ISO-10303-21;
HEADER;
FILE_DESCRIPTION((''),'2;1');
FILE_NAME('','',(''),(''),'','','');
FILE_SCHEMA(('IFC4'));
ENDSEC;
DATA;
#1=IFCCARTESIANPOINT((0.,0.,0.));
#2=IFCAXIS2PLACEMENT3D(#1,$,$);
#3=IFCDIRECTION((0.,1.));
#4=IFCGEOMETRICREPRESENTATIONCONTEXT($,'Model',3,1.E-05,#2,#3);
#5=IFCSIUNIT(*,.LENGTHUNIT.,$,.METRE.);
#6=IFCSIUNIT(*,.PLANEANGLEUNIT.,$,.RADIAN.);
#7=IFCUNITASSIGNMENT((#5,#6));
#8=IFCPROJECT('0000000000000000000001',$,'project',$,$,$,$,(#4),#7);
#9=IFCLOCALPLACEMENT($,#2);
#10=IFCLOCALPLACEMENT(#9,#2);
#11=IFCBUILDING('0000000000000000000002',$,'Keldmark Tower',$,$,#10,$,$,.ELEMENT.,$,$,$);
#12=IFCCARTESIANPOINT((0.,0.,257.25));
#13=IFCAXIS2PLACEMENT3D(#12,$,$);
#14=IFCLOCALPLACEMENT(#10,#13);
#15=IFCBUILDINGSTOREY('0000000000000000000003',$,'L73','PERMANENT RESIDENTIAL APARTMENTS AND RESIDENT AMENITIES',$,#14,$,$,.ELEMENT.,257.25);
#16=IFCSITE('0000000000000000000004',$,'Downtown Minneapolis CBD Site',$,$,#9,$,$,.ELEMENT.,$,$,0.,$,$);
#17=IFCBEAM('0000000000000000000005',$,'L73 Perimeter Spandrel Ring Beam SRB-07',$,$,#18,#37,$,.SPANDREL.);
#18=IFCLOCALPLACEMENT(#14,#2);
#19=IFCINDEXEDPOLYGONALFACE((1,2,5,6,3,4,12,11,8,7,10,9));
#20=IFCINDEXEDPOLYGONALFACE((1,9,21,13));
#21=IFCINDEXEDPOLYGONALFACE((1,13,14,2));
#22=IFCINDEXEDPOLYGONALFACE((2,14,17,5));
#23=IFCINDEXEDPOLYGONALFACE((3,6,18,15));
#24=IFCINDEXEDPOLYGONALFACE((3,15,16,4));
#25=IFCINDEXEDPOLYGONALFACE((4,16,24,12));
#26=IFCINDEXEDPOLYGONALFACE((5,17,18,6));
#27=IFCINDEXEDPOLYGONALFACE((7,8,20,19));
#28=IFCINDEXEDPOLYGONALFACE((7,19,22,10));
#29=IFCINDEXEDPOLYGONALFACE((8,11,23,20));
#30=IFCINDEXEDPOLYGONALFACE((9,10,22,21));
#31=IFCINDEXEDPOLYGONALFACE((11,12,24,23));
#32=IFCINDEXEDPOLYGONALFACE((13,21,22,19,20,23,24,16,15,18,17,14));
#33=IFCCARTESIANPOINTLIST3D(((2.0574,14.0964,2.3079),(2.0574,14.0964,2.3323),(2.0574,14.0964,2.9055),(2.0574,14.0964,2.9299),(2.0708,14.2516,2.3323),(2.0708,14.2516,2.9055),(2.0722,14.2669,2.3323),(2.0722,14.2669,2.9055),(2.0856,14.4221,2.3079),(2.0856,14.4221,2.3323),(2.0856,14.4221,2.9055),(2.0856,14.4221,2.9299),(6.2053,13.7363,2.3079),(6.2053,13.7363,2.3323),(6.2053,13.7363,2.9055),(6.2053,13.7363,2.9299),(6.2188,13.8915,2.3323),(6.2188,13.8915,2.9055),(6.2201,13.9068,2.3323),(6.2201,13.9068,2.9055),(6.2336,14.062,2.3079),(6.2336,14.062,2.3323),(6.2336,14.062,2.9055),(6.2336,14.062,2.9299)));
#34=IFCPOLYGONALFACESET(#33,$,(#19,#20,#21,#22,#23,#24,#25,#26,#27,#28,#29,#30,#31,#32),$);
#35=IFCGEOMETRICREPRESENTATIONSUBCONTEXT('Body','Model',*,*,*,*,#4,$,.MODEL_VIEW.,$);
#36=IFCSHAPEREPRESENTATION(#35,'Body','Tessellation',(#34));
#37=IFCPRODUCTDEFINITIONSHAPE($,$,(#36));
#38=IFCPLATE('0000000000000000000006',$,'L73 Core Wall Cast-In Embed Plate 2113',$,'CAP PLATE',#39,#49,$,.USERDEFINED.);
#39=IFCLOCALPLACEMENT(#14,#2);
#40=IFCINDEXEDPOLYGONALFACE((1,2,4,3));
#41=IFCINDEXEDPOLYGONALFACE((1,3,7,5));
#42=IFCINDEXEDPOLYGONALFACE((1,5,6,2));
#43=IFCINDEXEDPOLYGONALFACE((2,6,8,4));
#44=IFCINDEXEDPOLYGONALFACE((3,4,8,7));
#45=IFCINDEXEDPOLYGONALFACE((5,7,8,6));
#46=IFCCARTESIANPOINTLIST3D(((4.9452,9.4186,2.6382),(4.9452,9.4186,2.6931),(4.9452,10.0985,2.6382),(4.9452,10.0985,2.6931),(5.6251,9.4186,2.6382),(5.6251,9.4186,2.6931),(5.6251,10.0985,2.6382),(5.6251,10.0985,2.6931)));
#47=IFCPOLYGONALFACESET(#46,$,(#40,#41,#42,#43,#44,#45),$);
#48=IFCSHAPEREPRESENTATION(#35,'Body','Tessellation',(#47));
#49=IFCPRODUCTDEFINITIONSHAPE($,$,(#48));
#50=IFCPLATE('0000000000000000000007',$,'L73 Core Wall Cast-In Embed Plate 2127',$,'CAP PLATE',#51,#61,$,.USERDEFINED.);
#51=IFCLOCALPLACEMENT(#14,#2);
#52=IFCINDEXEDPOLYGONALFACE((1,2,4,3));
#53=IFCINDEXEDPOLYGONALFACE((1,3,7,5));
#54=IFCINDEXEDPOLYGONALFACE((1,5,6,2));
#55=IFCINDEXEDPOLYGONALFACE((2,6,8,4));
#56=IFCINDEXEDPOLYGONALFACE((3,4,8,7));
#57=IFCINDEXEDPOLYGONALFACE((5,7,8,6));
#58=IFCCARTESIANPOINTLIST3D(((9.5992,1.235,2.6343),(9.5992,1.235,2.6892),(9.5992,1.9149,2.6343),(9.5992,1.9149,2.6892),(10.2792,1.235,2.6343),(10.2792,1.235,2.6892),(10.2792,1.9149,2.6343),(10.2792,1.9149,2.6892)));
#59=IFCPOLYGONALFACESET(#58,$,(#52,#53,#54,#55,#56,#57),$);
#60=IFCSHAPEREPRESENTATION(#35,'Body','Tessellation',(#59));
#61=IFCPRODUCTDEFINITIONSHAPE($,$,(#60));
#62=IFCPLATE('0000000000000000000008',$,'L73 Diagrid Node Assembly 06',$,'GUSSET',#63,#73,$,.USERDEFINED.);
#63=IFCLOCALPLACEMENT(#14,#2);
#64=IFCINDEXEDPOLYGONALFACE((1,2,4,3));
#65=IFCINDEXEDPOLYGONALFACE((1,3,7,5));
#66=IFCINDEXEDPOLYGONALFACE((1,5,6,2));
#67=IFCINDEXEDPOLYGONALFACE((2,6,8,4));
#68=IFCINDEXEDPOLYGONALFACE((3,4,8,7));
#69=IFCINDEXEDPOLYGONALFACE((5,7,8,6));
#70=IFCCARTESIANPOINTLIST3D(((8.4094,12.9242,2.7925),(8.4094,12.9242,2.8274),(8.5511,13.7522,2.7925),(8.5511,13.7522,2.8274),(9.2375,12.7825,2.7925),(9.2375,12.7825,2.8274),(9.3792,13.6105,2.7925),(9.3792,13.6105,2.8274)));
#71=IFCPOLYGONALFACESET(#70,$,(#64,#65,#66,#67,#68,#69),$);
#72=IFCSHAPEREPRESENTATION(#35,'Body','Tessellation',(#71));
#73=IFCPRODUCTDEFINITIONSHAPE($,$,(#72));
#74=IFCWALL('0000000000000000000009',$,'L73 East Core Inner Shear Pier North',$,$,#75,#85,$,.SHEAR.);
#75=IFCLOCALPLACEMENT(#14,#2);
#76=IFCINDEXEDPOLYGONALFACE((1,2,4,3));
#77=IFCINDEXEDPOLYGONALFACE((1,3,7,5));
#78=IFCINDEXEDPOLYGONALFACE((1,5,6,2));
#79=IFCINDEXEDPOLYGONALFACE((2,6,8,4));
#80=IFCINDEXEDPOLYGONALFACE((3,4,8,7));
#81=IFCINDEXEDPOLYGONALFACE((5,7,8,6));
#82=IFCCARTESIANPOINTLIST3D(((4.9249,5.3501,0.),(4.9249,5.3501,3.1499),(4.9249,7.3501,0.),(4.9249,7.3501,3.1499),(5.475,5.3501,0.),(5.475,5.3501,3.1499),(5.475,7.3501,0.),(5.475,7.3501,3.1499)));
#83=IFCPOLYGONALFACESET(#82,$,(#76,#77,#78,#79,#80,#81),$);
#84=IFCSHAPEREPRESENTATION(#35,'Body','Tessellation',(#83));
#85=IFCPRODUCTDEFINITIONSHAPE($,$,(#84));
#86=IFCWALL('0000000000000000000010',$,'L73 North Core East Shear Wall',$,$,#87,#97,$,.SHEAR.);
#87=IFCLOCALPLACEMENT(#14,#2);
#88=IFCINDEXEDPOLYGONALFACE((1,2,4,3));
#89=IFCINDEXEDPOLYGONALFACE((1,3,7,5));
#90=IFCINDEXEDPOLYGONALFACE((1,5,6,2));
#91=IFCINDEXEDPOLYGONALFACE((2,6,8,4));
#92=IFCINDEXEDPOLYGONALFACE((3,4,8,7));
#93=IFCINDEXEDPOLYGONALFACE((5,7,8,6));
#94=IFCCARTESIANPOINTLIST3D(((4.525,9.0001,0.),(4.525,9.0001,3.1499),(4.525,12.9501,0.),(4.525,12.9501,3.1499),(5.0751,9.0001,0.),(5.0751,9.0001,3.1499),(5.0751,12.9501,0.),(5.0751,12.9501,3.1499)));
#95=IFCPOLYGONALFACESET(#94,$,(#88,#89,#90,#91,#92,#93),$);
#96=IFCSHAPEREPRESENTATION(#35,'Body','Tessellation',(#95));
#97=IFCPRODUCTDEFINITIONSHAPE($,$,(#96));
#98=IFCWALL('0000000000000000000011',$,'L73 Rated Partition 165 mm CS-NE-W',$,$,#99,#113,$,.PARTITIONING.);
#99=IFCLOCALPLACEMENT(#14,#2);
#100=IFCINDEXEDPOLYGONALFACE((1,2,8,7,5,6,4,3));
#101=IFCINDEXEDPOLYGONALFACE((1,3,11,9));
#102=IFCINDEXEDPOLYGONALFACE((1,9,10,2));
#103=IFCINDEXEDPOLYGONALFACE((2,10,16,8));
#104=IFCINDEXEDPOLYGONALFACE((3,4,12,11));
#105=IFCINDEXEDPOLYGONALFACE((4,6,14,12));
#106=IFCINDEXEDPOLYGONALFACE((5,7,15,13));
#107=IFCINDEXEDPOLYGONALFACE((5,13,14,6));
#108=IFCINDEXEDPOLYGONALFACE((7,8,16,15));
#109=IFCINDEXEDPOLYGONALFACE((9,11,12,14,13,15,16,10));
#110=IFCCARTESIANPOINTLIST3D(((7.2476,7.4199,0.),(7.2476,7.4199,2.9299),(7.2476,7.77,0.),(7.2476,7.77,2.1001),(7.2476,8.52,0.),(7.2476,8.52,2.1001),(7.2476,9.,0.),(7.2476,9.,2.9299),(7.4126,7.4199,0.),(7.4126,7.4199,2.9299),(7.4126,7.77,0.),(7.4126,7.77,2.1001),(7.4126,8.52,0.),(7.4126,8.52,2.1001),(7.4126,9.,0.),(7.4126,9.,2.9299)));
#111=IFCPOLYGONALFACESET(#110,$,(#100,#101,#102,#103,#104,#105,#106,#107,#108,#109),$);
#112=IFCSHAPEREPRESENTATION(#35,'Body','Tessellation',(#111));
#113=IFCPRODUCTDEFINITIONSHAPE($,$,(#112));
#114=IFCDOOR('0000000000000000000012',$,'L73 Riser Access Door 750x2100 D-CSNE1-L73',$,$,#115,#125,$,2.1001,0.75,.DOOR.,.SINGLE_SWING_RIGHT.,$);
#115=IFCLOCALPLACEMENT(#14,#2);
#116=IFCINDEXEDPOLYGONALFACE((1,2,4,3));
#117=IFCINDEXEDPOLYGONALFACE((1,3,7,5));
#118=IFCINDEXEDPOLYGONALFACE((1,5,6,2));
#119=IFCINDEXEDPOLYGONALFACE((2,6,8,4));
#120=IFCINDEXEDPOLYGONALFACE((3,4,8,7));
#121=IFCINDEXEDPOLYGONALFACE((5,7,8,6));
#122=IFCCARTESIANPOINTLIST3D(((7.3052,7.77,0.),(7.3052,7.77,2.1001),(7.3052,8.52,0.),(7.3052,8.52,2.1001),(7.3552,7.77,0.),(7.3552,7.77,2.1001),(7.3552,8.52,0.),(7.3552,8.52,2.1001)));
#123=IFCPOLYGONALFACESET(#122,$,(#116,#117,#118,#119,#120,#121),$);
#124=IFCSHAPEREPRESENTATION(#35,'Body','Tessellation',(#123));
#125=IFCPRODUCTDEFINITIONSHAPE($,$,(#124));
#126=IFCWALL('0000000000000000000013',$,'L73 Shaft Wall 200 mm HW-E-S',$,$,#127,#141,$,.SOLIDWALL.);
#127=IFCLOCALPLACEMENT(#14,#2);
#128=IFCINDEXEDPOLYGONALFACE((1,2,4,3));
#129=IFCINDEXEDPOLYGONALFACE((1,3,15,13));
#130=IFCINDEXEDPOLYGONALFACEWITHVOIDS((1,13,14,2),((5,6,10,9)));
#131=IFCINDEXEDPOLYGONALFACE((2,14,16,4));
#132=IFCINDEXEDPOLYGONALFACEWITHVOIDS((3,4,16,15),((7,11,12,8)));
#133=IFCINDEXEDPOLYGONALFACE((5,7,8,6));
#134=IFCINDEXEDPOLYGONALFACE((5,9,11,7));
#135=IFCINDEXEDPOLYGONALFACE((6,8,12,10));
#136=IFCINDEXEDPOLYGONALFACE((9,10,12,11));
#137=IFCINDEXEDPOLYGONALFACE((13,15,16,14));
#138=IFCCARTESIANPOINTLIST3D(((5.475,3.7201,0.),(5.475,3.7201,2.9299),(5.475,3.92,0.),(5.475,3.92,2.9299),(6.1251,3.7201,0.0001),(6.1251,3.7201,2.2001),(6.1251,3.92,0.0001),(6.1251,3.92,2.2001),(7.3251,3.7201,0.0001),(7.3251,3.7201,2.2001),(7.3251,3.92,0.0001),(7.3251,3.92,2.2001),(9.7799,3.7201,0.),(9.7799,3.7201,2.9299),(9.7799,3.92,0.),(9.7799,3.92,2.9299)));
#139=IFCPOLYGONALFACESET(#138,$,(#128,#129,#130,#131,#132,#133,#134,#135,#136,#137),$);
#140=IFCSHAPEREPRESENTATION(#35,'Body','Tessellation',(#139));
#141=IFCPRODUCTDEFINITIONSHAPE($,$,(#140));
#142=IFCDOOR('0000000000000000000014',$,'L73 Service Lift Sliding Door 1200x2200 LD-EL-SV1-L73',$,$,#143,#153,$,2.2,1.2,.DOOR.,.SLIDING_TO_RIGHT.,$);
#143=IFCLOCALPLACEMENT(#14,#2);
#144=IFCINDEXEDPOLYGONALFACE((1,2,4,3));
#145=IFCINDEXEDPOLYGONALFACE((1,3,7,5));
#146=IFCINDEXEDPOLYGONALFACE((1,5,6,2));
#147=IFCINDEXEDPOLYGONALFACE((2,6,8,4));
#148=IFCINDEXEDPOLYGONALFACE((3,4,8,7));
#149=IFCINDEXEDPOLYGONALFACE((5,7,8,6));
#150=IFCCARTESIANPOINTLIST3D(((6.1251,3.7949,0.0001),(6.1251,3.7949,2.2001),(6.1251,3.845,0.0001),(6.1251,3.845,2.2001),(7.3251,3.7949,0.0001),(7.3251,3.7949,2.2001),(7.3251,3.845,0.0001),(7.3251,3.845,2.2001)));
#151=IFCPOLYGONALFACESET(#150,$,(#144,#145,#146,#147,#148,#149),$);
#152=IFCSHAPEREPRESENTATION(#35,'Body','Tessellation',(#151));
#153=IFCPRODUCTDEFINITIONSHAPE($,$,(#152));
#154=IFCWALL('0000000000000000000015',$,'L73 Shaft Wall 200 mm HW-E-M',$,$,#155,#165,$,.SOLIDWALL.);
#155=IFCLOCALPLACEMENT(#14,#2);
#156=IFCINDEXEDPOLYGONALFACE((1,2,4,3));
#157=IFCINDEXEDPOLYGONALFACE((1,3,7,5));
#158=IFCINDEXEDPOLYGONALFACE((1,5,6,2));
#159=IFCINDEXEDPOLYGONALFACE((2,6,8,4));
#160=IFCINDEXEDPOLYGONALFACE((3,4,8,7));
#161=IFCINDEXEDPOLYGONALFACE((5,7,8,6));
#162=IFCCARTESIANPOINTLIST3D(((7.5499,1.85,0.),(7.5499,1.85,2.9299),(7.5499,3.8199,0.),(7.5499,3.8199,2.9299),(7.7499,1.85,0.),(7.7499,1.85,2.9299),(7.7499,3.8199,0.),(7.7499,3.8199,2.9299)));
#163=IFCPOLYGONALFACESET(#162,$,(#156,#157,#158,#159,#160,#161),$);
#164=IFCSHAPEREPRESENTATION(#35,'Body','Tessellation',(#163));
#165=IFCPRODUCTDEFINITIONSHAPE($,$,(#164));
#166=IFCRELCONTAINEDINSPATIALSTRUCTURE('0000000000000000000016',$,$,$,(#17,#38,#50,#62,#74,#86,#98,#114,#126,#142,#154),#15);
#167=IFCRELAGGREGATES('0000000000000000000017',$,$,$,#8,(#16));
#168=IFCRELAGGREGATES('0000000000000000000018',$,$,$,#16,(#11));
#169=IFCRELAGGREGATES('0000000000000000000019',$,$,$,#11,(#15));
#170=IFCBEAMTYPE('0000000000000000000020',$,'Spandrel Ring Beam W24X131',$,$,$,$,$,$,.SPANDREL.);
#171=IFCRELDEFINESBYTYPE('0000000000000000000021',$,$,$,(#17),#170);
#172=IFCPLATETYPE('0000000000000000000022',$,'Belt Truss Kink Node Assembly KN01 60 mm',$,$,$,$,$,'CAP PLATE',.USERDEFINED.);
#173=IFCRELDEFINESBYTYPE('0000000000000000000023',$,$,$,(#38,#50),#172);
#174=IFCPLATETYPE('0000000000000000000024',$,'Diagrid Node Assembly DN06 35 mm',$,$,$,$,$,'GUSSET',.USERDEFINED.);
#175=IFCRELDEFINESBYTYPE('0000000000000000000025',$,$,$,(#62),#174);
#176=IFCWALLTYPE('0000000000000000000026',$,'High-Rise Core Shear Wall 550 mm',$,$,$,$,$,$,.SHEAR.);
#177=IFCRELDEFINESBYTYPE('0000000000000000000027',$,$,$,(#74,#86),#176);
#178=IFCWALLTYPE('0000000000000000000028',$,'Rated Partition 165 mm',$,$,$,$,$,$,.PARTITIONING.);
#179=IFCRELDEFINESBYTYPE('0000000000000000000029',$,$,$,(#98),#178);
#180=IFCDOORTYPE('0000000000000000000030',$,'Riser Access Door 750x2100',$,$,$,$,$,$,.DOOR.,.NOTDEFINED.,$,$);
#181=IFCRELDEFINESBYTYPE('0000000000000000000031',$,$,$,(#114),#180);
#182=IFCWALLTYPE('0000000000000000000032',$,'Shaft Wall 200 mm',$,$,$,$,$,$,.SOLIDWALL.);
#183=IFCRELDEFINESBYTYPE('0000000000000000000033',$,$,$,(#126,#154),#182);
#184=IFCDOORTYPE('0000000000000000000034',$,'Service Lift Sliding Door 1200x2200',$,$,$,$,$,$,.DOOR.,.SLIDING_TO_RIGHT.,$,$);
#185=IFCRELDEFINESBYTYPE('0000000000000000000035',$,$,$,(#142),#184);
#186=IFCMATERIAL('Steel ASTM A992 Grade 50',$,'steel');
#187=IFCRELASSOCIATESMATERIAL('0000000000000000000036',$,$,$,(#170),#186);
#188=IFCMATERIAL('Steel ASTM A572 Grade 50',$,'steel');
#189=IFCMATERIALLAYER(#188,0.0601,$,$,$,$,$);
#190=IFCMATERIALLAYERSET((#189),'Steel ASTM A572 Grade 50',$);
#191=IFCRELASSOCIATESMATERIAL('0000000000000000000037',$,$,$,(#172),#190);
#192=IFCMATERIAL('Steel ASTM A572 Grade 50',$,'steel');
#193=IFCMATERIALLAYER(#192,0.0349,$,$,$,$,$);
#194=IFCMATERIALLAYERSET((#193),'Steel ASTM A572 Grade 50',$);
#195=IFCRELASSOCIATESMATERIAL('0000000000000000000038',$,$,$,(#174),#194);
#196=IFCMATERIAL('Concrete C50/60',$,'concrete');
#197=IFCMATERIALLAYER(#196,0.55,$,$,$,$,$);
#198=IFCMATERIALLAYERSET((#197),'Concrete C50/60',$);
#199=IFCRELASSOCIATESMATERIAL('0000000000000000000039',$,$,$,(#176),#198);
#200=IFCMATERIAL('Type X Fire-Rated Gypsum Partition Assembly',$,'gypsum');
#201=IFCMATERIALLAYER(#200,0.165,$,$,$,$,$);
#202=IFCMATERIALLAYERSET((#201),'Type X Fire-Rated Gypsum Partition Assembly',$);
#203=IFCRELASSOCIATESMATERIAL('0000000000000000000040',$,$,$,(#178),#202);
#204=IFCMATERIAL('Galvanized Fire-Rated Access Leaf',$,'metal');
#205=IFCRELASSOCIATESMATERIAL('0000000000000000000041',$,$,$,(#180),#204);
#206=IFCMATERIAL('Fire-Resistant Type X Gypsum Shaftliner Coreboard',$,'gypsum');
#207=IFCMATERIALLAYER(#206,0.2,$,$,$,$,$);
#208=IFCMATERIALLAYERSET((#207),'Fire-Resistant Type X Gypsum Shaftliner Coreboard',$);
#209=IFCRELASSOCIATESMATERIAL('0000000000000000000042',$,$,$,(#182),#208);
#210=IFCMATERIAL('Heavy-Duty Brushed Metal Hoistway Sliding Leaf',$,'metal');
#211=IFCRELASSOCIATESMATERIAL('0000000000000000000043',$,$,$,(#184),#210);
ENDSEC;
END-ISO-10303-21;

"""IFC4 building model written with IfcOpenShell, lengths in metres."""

from ifc_helpers import new_model, si_unit, direction, frame, frame_2d, origin, origin_2d, place, context, subcontext, project, spatial, rectangle, i_section, extrude, material, layer, layer_set, material_profile, profile_set, type_object, element, fill, save


model = new_model("IFC4")

# Units and contexts
model_context = context("Model", 3, precision=1e-05, world=origin(), true_north=direction((0.0, 1.0)))
body_context = subcontext(model_context, "Body", "Model", "MODEL_VIEW")
ifc_project = project(units=[si_unit("LENGTHUNIT", "METRE"), si_unit("PLANEANGLEUNIT", "RADIAN")], contexts=[model_context])

# Site, building, storey
site_placement = place(None, origin())
site = spatial("IfcSite", under=ifc_project, at=site_placement, Name="Downtown Minneapolis CBD Site", CompositionType="ELEMENT", RefElevation=0.0)
building_placement = place(site_placement, origin())
building = spatial("IfcBuilding", under=site, at=building_placement, Name="Keldmark Tower", CompositionType="ELEMENT")
storey_placement = place(building_placement, frame((0.0, 0.0, 257.25)))
storey = spatial("IfcBuildingStorey", under=building, at=storey_placement, Name="L73", Description="PERMANENT RESIDENTIAL APARTMENTS AND RESIDENT AMENITIES", CompositionType="ELEMENT", Elevation=257.25)

# Beam
ifc_material_1 = material(Name="Steel ASTM A992 Grade 50", Category="steel")
ifc_material_profile_1 = material_profile(ifc_material_1, i_section(OverallWidth=0.3269, OverallDepth=0.6221, WebThickness=0.0154, FlangeThickness=0.0244, at=origin_2d()), Name="W24X131")
ifc_profile_set_1 = profile_set([ifc_material_profile_1], Name="Steel ASTM A992 Grade 50")
beam_type_1 = type_object("IfcBeamType", Name="Spandrel Ring Beam W24X131", PredefinedType="SPANDREL", material=ifc_profile_set_1)
beam_1_placement = place(storey_placement, frame((6.2195, 13.8992, 2.6189), z_axis=(-0.996253, 0.08649, 0.0), x_axis=(-0.08649, -0.996253, 0.0)))
element("IfcBeam", 1, at=beam_1_placement, inside=storey, type_object=beam_type_1, Name="L73 Perimeter Spandrel Ring Beam SRB-07", PredefinedType="SPANDREL", context=body_context, shape_type="SweptSolid", body=[
    extrude(i_section(OverallWidth=0.3269, OverallDepth=0.6221, WebThickness=0.0154, FlangeThickness=0.0244, at=origin_2d()), origin(), (0.0, 0.0, 1.0), 4.1636),
])

# Plates
ifc_material_2 = material(Name="Steel ASTM A572 Grade 50", Category="steel")
ifc_layer_1 = layer(ifc_material_2, 0.0601)
ifc_layer_set_1 = layer_set([ifc_layer_1], Name="Steel ASTM A572 Grade 50")
plate_type_1 = type_object("IfcPlateType", Name="Belt Truss Kink Node Assembly KN01 60 mm", ElementType="CAP PLATE", PredefinedType="USERDEFINED", material=ifc_layer_set_1)
for number, where, z_axis, x_axis, name in (
    (2, (5.2852, 9.7585, 2.6382), (0.0, 0.0, 1.0), (1.0, 0.0, 0.0), "L73 Core Wall Cast-In Embed Plate 2113"),
    (3, (9.9392, 1.575, 2.6343), (0.0, 0.0, 1.0), (1.0, 0.0, 0.0), "L73 Core Wall Cast-In Embed Plate 2127"),
):
    element("IfcPlate", number, at=place(storey_placement, frame(where, z_axis=z_axis, x_axis=x_axis)), inside=storey, type_object=plate_type_1, Name=name, ObjectType="CAP PLATE", PredefinedType="USERDEFINED", context=body_context, shape_type="SweptSolid", body=[
        extrude(rectangle(XDim=0.6799, YDim=0.6799, at=origin_2d()), origin(), (0.0, 0.0, 1.0), 0.0549),
    ])
ifc_material_3 = material(Name="Steel ASTM A572 Grade 50", Category="steel")
ifc_layer_2 = layer(ifc_material_3, 0.0349)
ifc_layer_set_2 = layer_set([ifc_layer_2], Name="Steel ASTM A572 Grade 50")
plate_type_2 = type_object("IfcPlateType", Name="Diagrid Node Assembly DN06 35 mm", ElementType="GUSSET", PredefinedType="USERDEFINED", material=ifc_layer_set_2)
plate_placement = place(storey_placement, frame((8.8943, 13.2673, 2.7925), z_axis=(0.0, 0.0, 1.0), x_axis=(-0.985674, 0.168661, 0.0)))
element("IfcPlate", 4, at=plate_placement, inside=storey, type_object=plate_type_2, Name="L73 Diagrid Node Assembly 06", ObjectType="GUSSET", PredefinedType="USERDEFINED", context=body_context, shape_type="SweptSolid", body=[
    extrude(rectangle(XDim=0.8401, YDim=0.8401, at=origin_2d()), origin(), (0.0, 0.0, 1.0), 0.0349),
])

# Walls
ifc_material_4 = material(Name="Concrete C50/60", Category="concrete")
ifc_layer_3 = layer(ifc_material_4, 0.55)
ifc_layer_set_3 = layer_set([ifc_layer_3], Name="Concrete C50/60")
wall_type_1 = type_object("IfcWallType", Name="High-Rise Core Shear Wall 550 mm", PredefinedType="SHEAR", material=ifc_layer_set_3)
wall_1_placement = place(storey_placement, frame((5.2, 5.3501, 0.0), z_axis=(0.0, 0.0, 1.0), x_axis=(0.0, 1.0, 0.0)))
element("IfcWall", 5, at=wall_1_placement, inside=storey, type_object=wall_type_1, Name="L73 East Core Inner Shear Pier North", PredefinedType="SHEAR", context=body_context, shape_type="SweptSolid", body=[
    extrude(rectangle(XDim=2.0, YDim=0.55, at=frame_2d((1.0, 0.0))), origin(), (0.0, 0.0, 1.0), 3.1499),
])
wall_2_placement = place(storey_placement, frame((4.8, 9.0, 0.0), z_axis=(0.0, 0.0, 1.0), x_axis=(0.0, 1.0, 0.0)))
element("IfcWall", 6, at=wall_2_placement, inside=storey, type_object=wall_type_1, Name="L73 North Core East Shear Wall", PredefinedType="SHEAR", context=body_context, shape_type="SweptSolid", body=[
    extrude(rectangle(XDim=3.95, YDim=0.55, at=frame_2d((1.9751, 0.0))), origin(), (0.0, 0.0, 1.0), 3.1499),
])

# Walls, openings, doors
ifc_material_5 = material(Name="Type X Fire-Rated Gypsum Partition Assembly", Category="gypsum")
ifc_layer_4 = layer(ifc_material_5, 0.165)
ifc_layer_set_4 = layer_set([ifc_layer_4], Name="Type X Fire-Rated Gypsum Partition Assembly")
wall_type_2 = type_object("IfcWallType", Name="Rated Partition 165 mm", PredefinedType="PARTITIONING", material=ifc_layer_set_4)
wall_3_placement = place(storey_placement, frame((7.3301, 7.4199, 0.0), z_axis=(0.0, 0.0, 1.0), x_axis=(0.0, 1.0, 0.0)))
wall_3 = element("IfcWall", 7, at=wall_3_placement, inside=storey, type_object=wall_type_2, Name="L73 Rated Partition 165 mm CS-NE-W", PredefinedType="PARTITIONING", context=body_context, shape_type="SweptSolid", body=[
    extrude(rectangle(XDim=1.5801, YDim=0.165, at=frame_2d((0.79, 0.0))), origin(), (0.0, 0.0, 1.0), 2.9299),
])
opening_1_placement = place(wall_3_placement, frame((0.3501, 0.0, 0.0)))
opening_1 = element("IfcOpeningElement", 8, at=opening_1_placement, cuts=wall_3, PredefinedType="OPENING", context=body_context, shape_type="SweptSolid", body=[
    extrude(rectangle(XDim=0.75, YDim=2.1001, at=frame_2d((0.375, 1.05))), frame((0.0, 0.0925, 0.0), z_axis=(0.0, -1.0, 0.0), x_axis=(1.0, 0.0, 0.0)), (0.0, 0.0, 1.0), 0.1851),
])
ifc_material_6 = material(Name="Galvanized Fire-Rated Access Leaf", Category="metal")
door_type_1 = type_object("IfcDoorType", Name="Riser Access Door 750x2100", OperationType="NOTDEFINED", PredefinedType="DOOR", material=ifc_material_6)
door_1_placement = place(opening_1_placement, origin())
door_1 = element("IfcDoor", 9, at=door_1_placement, inside=storey, type_object=door_type_1, Name="L73 Riser Access Door 750x2100 D-CSNE1-L73", OperationType="SINGLE_SWING_RIGHT", OverallHeight=2.1001, OverallWidth=0.75, PredefinedType="DOOR", context=body_context, shape_type="SweptSolid", body=[
    extrude(rectangle(XDim=0.75, YDim=2.1001, at=frame_2d((0.375, 1.05))), frame((0.0, 0.0249, 0.0), z_axis=(0.0, -1.0, 0.0), x_axis=(1.0, 0.0, 0.0)), (0.0, 0.0, 1.0), 0.05),
])
fill(opening_1, door_1)
ifc_material_7 = material(Name="Fire-Resistant Type X Gypsum Shaftliner Coreboard", Category="gypsum")
ifc_layer_5 = layer(ifc_material_7, 0.2)
ifc_layer_set_5 = layer_set([ifc_layer_5], Name="Fire-Resistant Type X Gypsum Shaftliner Coreboard")
wall_type_3 = type_object("IfcWallType", Name="Shaft Wall 200 mm", PredefinedType="SOLIDWALL", material=ifc_layer_set_5)
wall_4_placement = place(storey_placement, frame((5.4751, 3.8201, 0.0), z_axis=(0.0, 0.0, 1.0), x_axis=(1.0, 0.0, 0.0)))
wall_4 = element("IfcWall", 10, at=wall_4_placement, inside=storey, type_object=wall_type_3, Name="L73 Shaft Wall 200 mm HW-E-S", PredefinedType="SOLIDWALL", context=body_context, shape_type="SweptSolid", body=[
    extrude(rectangle(XDim=4.3049, YDim=0.2, at=frame_2d((2.1523, 0.0))), origin(), (0.0, 0.0, 1.0), 2.9299),
])
opening_2_placement = place(wall_4_placement, frame((0.6499, 0.0, 0.0)))
opening_2 = element("IfcOpeningElement", 11, at=opening_2_placement, cuts=wall_4, PredefinedType="OPENING", context=body_context, shape_type="SweptSolid", body=[
    extrude(rectangle(XDim=1.2, YDim=2.2, at=frame_2d((0.6001, 1.1001))), frame((0.0, 0.1099, 0.0), z_axis=(0.0, -1.0, 0.0), x_axis=(1.0, 0.0, 0.0)), (0.0, 0.0, 1.0), 0.22),
])
ifc_material_8 = material(Name="Heavy-Duty Brushed Metal Hoistway Sliding Leaf", Category="metal")
door_type_2 = type_object("IfcDoorType", Name="Service Lift Sliding Door 1200x2200", OperationType="SLIDING_TO_RIGHT", PredefinedType="DOOR", material=ifc_material_8)
door_2_placement = place(opening_2_placement, origin())
door_2 = element("IfcDoor", 12, at=door_2_placement, inside=storey, type_object=door_type_2, Name="L73 Service Lift Sliding Door 1200x2200 LD-EL-SV1-L73", OperationType="SLIDING_TO_RIGHT", OverallHeight=2.2, OverallWidth=1.2, PredefinedType="DOOR", context=body_context, shape_type="SweptSolid", body=[
    extrude(rectangle(XDim=1.2, YDim=2.2, at=frame_2d((0.6001, 1.1001))), frame((0.0, 0.0249, 0.0), z_axis=(0.0, -1.0, 0.0), x_axis=(1.0, 0.0, 0.0)), (0.0, 0.0, 1.0), 0.05),
])
fill(opening_2, door_2)

# Wall
wall_5_placement = place(storey_placement, frame((7.6499, 1.8501, 0.0), z_axis=(0.0, 0.0, 1.0), x_axis=(0.0, 1.0, 0.0)))
element("IfcWall", 13, at=wall_5_placement, inside=storey, type_object=wall_type_3, Name="L73 Shaft Wall 200 mm HW-E-M", PredefinedType="SOLIDWALL", context=body_context, shape_type="SweptSolid", body=[
    extrude(rectangle(XDim=1.97, YDim=0.2, at=frame_2d((0.9849, 0.0))), origin(), (0.0, 0.0, 1.0), 2.9299),
])

save(model, "model.ifc")
